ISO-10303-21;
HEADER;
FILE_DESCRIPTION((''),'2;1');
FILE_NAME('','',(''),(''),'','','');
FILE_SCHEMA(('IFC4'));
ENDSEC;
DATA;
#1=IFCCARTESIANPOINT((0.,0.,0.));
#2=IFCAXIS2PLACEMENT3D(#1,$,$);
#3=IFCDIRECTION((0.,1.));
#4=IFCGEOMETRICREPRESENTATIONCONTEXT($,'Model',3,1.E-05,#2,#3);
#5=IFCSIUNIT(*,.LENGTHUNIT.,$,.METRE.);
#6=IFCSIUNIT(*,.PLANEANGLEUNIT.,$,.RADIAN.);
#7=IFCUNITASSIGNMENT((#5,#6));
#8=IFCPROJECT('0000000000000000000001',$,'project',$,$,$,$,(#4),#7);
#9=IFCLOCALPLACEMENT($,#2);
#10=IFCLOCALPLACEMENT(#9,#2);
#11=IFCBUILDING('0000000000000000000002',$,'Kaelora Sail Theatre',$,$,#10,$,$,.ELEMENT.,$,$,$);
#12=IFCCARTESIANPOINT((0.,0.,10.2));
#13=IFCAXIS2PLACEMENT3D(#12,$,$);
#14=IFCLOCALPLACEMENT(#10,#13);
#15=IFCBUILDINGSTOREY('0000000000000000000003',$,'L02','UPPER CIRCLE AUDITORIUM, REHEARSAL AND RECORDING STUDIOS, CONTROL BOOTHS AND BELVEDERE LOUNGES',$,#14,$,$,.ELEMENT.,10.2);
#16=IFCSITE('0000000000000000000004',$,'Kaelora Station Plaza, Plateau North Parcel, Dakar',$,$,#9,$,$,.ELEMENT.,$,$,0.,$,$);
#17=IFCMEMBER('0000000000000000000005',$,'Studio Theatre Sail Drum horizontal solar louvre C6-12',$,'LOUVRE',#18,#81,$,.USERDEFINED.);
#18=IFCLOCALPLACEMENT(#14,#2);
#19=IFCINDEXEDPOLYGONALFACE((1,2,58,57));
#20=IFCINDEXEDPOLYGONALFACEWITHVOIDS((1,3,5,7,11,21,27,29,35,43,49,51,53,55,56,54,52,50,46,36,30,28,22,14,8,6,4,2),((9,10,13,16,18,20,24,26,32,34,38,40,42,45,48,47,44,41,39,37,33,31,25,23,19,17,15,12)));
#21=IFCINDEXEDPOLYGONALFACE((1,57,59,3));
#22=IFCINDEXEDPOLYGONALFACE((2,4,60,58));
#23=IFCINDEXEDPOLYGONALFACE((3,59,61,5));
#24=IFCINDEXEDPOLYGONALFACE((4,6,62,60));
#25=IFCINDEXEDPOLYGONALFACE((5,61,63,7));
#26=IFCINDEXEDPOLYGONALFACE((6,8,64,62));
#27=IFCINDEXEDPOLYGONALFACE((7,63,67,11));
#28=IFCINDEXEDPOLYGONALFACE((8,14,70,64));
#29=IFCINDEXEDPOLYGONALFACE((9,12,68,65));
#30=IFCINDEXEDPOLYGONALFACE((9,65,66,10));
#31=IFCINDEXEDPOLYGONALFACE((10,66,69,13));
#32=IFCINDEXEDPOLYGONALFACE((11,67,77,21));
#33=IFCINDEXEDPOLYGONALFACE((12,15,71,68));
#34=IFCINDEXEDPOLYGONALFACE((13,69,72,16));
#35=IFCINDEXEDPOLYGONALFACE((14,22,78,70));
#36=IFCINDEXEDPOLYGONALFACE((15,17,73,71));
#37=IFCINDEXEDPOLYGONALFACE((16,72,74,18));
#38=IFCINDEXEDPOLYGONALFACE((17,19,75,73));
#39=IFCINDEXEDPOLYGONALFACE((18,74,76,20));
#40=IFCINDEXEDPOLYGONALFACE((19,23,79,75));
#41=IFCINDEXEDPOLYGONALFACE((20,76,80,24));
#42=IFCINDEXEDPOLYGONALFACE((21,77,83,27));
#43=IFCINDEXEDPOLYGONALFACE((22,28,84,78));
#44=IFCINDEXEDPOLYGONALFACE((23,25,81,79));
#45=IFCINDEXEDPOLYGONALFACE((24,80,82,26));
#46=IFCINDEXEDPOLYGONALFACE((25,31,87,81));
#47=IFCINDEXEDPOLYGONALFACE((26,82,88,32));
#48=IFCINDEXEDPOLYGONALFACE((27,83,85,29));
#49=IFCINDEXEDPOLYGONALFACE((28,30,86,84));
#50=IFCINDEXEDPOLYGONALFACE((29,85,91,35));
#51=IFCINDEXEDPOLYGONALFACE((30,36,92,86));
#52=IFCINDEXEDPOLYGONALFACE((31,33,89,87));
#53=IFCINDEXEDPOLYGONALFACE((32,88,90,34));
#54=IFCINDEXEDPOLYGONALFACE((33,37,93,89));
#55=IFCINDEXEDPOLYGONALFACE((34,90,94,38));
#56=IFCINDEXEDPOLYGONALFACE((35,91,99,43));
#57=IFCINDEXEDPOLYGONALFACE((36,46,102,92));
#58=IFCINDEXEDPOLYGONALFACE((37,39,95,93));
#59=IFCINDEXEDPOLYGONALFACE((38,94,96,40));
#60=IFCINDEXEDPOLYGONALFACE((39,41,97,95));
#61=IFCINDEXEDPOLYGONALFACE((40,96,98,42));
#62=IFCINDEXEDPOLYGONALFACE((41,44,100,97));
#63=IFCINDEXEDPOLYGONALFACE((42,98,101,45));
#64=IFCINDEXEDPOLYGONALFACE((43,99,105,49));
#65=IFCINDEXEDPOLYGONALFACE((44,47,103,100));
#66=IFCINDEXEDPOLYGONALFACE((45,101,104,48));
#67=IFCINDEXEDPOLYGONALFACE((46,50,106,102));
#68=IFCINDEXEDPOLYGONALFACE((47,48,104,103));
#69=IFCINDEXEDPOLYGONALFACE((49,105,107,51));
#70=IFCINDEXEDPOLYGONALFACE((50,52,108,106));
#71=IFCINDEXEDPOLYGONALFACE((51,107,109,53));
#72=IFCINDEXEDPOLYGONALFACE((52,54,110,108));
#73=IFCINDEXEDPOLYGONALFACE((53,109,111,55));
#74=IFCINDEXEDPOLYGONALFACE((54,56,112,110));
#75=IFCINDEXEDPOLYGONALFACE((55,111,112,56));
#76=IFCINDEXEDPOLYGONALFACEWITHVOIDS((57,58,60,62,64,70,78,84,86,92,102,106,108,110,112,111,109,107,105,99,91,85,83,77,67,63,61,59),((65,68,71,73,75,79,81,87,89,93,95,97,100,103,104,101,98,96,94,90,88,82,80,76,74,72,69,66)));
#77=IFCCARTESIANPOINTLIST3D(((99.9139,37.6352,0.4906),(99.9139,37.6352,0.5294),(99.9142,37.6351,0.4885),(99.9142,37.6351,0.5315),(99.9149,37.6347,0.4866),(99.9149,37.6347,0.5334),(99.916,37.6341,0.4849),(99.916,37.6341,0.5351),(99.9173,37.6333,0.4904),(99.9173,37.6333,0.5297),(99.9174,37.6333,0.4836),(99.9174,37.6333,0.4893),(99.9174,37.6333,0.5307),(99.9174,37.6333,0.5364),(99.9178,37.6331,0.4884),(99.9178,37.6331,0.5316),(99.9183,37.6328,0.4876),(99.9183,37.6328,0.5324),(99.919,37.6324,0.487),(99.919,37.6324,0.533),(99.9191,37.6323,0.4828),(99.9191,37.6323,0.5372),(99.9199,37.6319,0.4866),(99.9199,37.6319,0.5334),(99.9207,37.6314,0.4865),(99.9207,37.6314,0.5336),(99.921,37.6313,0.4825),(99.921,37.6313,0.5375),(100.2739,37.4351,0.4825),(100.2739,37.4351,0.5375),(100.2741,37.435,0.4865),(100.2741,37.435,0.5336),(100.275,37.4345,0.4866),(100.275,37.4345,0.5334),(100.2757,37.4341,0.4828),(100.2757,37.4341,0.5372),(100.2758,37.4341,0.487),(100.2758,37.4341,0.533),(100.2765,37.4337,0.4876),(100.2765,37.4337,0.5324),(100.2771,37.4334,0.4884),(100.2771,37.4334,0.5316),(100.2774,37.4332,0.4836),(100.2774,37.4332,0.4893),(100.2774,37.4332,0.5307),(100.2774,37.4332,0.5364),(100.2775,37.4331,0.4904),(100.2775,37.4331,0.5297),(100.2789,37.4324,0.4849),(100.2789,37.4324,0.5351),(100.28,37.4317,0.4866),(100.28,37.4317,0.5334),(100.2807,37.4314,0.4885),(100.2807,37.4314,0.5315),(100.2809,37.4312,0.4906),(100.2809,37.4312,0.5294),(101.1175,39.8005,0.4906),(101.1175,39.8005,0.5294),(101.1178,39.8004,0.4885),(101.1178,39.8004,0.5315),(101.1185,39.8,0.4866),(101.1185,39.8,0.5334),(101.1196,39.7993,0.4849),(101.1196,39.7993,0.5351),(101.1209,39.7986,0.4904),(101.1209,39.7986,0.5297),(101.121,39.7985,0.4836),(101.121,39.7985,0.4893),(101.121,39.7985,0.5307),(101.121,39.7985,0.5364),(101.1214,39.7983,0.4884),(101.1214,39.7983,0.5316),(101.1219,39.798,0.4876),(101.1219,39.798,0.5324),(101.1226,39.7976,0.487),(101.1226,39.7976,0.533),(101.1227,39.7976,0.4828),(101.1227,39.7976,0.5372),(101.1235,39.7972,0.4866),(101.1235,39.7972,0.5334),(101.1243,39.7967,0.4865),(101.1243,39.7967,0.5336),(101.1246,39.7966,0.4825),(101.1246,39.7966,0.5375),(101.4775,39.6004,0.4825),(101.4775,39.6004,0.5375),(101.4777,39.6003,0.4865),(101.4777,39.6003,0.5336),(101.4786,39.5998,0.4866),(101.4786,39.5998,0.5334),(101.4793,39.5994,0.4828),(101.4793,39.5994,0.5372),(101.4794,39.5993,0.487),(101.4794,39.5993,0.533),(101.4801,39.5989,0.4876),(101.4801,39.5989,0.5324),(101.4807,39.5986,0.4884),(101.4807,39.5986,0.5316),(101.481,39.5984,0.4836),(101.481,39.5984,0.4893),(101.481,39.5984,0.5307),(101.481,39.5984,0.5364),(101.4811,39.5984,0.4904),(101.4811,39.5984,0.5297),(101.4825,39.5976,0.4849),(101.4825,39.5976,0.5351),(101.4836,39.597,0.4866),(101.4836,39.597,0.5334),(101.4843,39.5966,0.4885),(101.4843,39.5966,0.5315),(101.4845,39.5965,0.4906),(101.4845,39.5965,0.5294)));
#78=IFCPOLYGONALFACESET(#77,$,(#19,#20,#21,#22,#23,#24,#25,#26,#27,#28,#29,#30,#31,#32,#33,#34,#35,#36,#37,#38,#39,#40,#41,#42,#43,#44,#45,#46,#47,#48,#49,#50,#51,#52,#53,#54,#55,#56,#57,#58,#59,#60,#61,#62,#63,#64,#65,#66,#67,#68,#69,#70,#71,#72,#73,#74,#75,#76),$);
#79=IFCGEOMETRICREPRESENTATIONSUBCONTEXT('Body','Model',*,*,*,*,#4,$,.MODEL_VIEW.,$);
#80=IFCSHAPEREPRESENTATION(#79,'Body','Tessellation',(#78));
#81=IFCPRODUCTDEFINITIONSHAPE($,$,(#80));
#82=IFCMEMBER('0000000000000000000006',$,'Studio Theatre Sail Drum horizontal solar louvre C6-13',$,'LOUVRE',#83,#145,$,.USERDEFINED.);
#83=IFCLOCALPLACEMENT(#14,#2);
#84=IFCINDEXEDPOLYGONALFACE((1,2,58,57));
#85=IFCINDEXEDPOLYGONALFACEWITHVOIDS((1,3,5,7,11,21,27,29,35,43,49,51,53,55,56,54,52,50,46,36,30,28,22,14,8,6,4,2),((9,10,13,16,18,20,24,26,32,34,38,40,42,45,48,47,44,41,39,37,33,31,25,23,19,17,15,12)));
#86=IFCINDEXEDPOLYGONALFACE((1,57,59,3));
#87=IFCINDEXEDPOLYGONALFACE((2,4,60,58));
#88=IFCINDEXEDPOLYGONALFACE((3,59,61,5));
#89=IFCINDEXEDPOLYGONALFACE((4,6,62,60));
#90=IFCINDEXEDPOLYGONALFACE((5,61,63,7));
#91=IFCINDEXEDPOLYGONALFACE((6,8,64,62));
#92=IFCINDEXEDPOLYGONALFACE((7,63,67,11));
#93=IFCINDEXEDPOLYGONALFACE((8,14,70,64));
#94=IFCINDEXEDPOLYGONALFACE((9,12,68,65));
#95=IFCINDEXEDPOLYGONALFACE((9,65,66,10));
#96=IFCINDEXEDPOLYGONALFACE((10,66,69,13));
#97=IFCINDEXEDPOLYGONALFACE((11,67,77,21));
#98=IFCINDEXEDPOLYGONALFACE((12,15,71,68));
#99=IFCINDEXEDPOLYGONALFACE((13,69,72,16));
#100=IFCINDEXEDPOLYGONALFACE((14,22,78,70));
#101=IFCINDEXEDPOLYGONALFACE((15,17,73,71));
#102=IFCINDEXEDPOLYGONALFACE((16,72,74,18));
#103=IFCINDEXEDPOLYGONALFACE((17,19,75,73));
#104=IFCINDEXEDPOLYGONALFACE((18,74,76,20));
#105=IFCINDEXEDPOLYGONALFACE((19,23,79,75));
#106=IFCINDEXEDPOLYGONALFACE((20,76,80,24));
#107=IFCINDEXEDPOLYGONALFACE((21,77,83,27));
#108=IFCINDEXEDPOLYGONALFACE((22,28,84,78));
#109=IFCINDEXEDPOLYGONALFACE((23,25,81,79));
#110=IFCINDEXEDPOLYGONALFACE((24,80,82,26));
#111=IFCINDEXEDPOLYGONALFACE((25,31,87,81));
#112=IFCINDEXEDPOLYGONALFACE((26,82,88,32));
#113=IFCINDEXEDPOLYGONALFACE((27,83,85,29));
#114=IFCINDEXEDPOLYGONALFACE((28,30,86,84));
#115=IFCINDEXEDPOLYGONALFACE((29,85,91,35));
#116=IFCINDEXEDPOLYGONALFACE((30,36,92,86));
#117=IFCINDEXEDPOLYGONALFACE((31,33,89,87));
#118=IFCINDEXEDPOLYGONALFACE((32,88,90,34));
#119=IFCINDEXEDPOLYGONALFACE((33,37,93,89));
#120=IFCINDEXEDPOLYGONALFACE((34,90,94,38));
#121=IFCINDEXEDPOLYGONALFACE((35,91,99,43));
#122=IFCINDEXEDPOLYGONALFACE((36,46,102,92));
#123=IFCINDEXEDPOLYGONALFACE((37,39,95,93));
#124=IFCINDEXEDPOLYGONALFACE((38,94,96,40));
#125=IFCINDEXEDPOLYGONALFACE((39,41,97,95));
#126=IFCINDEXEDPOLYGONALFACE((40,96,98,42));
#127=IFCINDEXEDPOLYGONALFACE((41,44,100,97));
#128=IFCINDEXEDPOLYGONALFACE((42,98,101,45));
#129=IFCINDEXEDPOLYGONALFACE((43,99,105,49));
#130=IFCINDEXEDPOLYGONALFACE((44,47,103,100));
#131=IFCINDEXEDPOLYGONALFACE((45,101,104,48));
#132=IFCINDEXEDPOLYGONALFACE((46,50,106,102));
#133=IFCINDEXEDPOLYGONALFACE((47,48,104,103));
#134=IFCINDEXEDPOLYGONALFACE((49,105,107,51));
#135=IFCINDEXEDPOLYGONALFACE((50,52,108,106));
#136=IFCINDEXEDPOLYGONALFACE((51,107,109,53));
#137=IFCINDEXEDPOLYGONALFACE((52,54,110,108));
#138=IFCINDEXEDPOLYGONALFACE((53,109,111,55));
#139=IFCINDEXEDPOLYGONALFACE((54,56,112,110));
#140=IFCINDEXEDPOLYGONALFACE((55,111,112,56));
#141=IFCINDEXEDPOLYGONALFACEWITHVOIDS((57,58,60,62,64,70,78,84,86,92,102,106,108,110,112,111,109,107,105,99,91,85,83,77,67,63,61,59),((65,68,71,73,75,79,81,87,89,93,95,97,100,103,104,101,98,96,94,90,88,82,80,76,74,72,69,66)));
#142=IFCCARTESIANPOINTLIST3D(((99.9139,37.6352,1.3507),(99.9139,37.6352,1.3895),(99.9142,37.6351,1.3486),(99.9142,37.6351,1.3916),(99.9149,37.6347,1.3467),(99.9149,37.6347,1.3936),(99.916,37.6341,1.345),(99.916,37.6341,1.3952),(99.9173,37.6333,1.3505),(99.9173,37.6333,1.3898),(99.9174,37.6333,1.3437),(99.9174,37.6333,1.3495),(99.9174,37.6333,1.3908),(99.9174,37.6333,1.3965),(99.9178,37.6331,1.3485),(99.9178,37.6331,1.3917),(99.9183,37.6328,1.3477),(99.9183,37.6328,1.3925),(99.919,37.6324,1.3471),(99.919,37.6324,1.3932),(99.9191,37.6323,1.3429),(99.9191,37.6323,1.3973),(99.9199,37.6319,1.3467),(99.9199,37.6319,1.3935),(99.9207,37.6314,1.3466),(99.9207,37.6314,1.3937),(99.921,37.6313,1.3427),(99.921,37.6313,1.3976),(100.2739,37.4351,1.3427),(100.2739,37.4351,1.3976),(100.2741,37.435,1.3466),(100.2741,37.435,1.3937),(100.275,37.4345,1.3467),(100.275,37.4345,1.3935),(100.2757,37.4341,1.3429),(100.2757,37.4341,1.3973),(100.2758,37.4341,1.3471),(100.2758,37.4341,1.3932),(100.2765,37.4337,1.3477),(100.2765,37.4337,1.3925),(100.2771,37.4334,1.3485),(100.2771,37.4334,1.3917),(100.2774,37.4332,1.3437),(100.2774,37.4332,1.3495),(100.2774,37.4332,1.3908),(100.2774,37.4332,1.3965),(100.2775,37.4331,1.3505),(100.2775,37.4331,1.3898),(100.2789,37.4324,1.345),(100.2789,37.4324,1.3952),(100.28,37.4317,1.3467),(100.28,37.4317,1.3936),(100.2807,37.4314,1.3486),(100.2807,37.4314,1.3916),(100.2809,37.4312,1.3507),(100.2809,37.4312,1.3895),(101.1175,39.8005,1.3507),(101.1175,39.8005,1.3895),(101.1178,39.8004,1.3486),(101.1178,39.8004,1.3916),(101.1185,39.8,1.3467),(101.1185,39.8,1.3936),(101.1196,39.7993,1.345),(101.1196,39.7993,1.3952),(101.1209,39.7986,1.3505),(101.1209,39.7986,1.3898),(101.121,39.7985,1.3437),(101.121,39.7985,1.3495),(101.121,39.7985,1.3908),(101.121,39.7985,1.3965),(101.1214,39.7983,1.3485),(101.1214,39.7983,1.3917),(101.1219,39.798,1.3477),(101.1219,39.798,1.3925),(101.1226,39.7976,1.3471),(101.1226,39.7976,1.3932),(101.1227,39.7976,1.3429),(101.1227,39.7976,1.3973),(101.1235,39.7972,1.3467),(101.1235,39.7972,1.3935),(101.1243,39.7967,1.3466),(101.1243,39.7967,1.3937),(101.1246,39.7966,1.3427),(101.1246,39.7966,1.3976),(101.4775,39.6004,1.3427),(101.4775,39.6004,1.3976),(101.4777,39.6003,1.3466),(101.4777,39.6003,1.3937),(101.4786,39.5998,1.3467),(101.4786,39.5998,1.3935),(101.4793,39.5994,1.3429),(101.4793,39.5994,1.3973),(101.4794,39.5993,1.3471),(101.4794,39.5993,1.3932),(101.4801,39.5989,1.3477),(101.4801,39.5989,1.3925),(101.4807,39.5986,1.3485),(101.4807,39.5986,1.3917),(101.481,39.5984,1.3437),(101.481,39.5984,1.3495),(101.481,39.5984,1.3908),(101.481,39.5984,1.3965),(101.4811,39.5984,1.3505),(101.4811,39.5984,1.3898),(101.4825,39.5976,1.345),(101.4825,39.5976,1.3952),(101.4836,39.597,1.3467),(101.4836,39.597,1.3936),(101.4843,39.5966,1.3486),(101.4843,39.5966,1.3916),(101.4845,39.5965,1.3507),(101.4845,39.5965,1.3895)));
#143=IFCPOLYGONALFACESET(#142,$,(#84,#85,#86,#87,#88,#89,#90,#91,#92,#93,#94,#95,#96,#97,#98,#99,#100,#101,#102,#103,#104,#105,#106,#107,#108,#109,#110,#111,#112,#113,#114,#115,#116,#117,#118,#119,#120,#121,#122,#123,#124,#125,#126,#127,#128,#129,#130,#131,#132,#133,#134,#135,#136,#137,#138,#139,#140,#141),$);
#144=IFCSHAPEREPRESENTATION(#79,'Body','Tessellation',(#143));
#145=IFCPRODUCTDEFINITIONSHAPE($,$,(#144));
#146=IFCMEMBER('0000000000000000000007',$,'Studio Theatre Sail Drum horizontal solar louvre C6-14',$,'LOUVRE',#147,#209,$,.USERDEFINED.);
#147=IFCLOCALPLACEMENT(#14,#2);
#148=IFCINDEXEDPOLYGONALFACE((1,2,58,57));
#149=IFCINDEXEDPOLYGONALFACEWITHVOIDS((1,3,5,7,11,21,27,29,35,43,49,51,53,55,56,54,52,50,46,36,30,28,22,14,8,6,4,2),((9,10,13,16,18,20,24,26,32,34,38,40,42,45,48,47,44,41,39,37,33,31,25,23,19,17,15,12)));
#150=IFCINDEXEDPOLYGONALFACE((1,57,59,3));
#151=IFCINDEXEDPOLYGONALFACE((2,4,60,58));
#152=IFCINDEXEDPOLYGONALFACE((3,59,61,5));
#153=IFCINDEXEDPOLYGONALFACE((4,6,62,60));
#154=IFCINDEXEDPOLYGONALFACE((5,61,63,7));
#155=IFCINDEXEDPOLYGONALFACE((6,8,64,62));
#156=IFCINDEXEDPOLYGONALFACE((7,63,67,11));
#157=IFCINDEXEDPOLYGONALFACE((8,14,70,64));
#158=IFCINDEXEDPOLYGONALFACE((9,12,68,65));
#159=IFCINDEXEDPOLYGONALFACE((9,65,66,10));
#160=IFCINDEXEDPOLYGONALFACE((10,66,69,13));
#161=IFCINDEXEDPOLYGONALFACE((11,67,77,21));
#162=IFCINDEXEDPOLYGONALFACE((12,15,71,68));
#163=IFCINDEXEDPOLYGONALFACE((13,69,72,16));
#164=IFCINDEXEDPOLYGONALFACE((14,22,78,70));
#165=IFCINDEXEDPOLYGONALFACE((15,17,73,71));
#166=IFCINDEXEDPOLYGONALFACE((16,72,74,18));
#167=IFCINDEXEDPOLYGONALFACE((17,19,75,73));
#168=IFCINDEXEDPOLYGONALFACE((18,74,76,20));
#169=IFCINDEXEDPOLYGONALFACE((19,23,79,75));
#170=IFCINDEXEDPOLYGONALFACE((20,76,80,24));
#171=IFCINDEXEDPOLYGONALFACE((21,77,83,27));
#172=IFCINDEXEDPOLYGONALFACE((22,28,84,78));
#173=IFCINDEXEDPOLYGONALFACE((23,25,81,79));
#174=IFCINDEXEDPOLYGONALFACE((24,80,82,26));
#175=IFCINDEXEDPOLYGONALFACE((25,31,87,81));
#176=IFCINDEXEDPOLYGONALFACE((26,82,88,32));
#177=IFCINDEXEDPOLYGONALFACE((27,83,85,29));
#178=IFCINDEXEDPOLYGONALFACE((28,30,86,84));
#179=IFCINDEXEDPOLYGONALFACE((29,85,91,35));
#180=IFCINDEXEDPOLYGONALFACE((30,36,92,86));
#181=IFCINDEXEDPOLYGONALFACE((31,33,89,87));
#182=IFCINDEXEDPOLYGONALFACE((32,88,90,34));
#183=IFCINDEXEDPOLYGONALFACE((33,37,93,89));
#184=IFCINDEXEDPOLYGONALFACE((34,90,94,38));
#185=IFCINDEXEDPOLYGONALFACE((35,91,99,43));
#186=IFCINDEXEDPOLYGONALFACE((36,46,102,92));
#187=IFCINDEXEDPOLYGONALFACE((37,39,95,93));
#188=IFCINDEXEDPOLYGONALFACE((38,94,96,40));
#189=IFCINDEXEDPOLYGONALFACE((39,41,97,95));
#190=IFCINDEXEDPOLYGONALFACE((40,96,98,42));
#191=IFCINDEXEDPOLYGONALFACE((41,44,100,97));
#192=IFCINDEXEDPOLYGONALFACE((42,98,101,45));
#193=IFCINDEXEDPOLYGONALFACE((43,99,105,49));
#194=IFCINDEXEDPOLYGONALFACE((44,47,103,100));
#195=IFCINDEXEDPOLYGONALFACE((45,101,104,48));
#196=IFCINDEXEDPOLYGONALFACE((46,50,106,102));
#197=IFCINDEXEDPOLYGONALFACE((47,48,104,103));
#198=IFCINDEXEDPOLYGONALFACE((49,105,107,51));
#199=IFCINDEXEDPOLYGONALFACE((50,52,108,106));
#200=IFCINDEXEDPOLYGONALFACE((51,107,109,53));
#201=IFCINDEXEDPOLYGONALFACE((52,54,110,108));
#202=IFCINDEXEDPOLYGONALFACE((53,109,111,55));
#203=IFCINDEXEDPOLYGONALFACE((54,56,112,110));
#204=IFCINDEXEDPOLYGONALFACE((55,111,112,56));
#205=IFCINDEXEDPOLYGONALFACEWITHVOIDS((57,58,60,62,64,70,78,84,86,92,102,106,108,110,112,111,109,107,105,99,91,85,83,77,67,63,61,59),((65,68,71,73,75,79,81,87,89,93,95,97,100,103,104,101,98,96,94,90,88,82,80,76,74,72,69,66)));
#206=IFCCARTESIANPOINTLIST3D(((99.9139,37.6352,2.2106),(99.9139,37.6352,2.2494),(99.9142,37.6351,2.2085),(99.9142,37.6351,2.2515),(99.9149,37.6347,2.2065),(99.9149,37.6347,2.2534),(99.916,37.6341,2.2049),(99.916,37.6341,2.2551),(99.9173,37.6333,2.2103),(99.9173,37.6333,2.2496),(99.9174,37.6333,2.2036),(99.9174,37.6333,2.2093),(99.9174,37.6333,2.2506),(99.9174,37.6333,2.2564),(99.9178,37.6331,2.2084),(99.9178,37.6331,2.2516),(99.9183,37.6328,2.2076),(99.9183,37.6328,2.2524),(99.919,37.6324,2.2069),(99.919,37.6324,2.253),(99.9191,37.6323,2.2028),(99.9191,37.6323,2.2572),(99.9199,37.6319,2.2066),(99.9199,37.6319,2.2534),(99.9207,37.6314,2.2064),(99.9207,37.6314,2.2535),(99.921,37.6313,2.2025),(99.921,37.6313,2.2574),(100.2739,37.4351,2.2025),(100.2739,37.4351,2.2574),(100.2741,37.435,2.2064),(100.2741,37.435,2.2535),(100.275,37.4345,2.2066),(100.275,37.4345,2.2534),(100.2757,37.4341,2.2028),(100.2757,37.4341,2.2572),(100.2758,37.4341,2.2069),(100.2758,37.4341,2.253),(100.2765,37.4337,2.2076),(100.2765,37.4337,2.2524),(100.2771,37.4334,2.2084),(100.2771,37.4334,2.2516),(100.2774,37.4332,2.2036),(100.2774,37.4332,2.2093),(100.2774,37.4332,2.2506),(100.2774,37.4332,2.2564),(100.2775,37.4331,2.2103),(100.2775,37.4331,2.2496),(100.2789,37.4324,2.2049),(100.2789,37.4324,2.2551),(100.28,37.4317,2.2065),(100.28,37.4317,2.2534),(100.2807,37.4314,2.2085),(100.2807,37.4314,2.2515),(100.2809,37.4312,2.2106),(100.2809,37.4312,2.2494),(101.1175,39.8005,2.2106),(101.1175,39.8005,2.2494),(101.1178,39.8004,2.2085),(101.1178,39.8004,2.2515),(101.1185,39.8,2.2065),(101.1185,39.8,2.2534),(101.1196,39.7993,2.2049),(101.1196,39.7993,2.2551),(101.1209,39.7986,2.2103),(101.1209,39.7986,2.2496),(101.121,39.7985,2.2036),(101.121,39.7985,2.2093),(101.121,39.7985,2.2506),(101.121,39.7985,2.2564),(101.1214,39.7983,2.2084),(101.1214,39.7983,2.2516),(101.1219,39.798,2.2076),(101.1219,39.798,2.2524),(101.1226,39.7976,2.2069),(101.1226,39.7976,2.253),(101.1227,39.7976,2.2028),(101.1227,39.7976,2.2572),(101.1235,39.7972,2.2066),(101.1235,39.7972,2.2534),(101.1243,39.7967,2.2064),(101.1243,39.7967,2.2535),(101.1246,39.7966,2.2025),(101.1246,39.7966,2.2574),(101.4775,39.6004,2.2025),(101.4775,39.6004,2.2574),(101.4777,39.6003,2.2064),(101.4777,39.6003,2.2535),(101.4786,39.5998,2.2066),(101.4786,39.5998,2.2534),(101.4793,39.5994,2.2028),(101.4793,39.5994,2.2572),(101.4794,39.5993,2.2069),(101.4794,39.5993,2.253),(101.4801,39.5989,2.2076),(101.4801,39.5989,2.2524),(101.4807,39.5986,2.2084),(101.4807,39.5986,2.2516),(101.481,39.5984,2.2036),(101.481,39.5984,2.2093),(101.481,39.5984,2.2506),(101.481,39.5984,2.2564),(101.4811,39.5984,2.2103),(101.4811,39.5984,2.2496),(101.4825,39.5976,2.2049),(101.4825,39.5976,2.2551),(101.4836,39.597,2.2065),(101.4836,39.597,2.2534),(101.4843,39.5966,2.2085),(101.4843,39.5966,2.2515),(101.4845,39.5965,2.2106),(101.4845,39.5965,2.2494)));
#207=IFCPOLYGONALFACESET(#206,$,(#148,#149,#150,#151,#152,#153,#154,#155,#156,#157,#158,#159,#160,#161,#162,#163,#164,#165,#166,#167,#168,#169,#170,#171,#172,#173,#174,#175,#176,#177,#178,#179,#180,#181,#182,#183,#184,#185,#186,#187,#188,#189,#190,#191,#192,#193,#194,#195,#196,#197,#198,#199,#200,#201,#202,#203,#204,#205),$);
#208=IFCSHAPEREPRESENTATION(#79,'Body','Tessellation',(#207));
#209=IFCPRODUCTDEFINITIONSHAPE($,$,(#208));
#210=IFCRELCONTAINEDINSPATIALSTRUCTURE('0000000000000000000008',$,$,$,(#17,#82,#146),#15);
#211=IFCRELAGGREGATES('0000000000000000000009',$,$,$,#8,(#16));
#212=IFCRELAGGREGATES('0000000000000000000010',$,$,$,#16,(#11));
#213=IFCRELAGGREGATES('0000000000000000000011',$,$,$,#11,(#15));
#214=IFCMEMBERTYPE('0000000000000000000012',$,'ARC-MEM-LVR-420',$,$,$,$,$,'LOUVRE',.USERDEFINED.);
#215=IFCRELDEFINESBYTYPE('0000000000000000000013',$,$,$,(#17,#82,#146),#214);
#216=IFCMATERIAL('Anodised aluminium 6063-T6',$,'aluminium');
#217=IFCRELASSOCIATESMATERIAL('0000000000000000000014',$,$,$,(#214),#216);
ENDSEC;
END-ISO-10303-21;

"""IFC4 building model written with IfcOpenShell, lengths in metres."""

from ifc_helpers import new_model, si_unit, direction, frame, origin, origin_2d, place, context, subcontext, project, spatial, hollow_rectangle, extrude, material, material_profile, profile_set, type_object, element, save


model = new_model("IFC4")

# Units and contexts
model_context = context("Model", 3, precision=1e-05, world=origin(), true_north=direction((0.0, 1.0)))
body_context = subcontext(model_context, "Body", "Model", "MODEL_VIEW")
ifc_project = project(units=[si_unit("LENGTHUNIT", "METRE"), si_unit("PLANEANGLEUNIT", "RADIAN")], contexts=[model_context])

# Site, building, storey
site_placement = place(None, origin())
site = spatial("IfcSite", under=ifc_project, at=site_placement, Name="Kaelora Station Plaza, Plateau North Parcel, Dakar", CompositionType="ELEMENT", RefElevation=0.0)
building_placement = place(site_placement, origin())
building = spatial("IfcBuilding", under=site, at=building_placement, Name="Kaelora Sail Theatre", CompositionType="ELEMENT")
storey_placement = place(building_placement, frame((0.0, 0.0, 10.2)))
storey = spatial("IfcBuildingStorey", under=building, at=storey_placement, Name="L02", Description="UPPER CIRCLE AUDITORIUM, REHEARSAL AND RECORDING STUDIOS, CONTROL BOOTHS AND BELVEDERE LOUNGES", CompositionType="ELEMENT", Elevation=10.2)

# Members
ifc_material_1 = material(Name="Anodised aluminium 6063-T6", Category="aluminium")
ifc_material_profile_1 = material_profile(ifc_material_1, hollow_rectangle(XDim=0.4199, YDim=0.0549, WallThickness=0.0039, InnerFilletRadius=0.0039, OuterFilletRadius=0.0081, at=origin_2d()), Name="LOUVRE 420x55x4")
ifc_profile_set_1 = profile_set([ifc_material_profile_1], Name="Anodised aluminium 6063-T6")
member_type = type_object("IfcMemberType", Name="ARC-MEM-LVR-420", ElementType="LOUVRE", PredefinedType="USERDEFINED", material=ifc_profile_set_1)
for number, where, z_axis, x_axis, name in (
    (1, (101.301, 39.6985, 0.51), (-0.485852, -0.874041, 0.0), (0.874041, -0.485852, 0.0), "Studio Theatre Sail Drum horizontal solar louvre C6-12"),
    (2, (101.301, 39.6985, 1.3701), (-0.485852, -0.874041, 0.0), (0.874041, -0.485852, 0.0), "Studio Theatre Sail Drum horizontal solar louvre C6-13"),
    (3, (101.301, 39.6985, 2.23), (-0.485852, -0.874041, 0.0), (0.874041, -0.485852, 0.0), "Studio Theatre Sail Drum horizontal solar louvre C6-14"),
):
    element("IfcMember", number, at=place(storey_placement, frame(where, z_axis=z_axis, x_axis=x_axis)), inside=storey, type_object=member_type, Name=name, ObjectType="LOUVRE", PredefinedType="USERDEFINED", context=body_context, shape_type="SweptSolid", body=[
        extrude(hollow_rectangle(XDim=0.4199, YDim=0.0549, WallThickness=0.0039, InnerFilletRadius=0.0039, OuterFilletRadius=0.0081, at=origin_2d()), origin(), (0.0, 0.0, 1.0), 2.4773),
    ])

save(model, "model.ifc")
